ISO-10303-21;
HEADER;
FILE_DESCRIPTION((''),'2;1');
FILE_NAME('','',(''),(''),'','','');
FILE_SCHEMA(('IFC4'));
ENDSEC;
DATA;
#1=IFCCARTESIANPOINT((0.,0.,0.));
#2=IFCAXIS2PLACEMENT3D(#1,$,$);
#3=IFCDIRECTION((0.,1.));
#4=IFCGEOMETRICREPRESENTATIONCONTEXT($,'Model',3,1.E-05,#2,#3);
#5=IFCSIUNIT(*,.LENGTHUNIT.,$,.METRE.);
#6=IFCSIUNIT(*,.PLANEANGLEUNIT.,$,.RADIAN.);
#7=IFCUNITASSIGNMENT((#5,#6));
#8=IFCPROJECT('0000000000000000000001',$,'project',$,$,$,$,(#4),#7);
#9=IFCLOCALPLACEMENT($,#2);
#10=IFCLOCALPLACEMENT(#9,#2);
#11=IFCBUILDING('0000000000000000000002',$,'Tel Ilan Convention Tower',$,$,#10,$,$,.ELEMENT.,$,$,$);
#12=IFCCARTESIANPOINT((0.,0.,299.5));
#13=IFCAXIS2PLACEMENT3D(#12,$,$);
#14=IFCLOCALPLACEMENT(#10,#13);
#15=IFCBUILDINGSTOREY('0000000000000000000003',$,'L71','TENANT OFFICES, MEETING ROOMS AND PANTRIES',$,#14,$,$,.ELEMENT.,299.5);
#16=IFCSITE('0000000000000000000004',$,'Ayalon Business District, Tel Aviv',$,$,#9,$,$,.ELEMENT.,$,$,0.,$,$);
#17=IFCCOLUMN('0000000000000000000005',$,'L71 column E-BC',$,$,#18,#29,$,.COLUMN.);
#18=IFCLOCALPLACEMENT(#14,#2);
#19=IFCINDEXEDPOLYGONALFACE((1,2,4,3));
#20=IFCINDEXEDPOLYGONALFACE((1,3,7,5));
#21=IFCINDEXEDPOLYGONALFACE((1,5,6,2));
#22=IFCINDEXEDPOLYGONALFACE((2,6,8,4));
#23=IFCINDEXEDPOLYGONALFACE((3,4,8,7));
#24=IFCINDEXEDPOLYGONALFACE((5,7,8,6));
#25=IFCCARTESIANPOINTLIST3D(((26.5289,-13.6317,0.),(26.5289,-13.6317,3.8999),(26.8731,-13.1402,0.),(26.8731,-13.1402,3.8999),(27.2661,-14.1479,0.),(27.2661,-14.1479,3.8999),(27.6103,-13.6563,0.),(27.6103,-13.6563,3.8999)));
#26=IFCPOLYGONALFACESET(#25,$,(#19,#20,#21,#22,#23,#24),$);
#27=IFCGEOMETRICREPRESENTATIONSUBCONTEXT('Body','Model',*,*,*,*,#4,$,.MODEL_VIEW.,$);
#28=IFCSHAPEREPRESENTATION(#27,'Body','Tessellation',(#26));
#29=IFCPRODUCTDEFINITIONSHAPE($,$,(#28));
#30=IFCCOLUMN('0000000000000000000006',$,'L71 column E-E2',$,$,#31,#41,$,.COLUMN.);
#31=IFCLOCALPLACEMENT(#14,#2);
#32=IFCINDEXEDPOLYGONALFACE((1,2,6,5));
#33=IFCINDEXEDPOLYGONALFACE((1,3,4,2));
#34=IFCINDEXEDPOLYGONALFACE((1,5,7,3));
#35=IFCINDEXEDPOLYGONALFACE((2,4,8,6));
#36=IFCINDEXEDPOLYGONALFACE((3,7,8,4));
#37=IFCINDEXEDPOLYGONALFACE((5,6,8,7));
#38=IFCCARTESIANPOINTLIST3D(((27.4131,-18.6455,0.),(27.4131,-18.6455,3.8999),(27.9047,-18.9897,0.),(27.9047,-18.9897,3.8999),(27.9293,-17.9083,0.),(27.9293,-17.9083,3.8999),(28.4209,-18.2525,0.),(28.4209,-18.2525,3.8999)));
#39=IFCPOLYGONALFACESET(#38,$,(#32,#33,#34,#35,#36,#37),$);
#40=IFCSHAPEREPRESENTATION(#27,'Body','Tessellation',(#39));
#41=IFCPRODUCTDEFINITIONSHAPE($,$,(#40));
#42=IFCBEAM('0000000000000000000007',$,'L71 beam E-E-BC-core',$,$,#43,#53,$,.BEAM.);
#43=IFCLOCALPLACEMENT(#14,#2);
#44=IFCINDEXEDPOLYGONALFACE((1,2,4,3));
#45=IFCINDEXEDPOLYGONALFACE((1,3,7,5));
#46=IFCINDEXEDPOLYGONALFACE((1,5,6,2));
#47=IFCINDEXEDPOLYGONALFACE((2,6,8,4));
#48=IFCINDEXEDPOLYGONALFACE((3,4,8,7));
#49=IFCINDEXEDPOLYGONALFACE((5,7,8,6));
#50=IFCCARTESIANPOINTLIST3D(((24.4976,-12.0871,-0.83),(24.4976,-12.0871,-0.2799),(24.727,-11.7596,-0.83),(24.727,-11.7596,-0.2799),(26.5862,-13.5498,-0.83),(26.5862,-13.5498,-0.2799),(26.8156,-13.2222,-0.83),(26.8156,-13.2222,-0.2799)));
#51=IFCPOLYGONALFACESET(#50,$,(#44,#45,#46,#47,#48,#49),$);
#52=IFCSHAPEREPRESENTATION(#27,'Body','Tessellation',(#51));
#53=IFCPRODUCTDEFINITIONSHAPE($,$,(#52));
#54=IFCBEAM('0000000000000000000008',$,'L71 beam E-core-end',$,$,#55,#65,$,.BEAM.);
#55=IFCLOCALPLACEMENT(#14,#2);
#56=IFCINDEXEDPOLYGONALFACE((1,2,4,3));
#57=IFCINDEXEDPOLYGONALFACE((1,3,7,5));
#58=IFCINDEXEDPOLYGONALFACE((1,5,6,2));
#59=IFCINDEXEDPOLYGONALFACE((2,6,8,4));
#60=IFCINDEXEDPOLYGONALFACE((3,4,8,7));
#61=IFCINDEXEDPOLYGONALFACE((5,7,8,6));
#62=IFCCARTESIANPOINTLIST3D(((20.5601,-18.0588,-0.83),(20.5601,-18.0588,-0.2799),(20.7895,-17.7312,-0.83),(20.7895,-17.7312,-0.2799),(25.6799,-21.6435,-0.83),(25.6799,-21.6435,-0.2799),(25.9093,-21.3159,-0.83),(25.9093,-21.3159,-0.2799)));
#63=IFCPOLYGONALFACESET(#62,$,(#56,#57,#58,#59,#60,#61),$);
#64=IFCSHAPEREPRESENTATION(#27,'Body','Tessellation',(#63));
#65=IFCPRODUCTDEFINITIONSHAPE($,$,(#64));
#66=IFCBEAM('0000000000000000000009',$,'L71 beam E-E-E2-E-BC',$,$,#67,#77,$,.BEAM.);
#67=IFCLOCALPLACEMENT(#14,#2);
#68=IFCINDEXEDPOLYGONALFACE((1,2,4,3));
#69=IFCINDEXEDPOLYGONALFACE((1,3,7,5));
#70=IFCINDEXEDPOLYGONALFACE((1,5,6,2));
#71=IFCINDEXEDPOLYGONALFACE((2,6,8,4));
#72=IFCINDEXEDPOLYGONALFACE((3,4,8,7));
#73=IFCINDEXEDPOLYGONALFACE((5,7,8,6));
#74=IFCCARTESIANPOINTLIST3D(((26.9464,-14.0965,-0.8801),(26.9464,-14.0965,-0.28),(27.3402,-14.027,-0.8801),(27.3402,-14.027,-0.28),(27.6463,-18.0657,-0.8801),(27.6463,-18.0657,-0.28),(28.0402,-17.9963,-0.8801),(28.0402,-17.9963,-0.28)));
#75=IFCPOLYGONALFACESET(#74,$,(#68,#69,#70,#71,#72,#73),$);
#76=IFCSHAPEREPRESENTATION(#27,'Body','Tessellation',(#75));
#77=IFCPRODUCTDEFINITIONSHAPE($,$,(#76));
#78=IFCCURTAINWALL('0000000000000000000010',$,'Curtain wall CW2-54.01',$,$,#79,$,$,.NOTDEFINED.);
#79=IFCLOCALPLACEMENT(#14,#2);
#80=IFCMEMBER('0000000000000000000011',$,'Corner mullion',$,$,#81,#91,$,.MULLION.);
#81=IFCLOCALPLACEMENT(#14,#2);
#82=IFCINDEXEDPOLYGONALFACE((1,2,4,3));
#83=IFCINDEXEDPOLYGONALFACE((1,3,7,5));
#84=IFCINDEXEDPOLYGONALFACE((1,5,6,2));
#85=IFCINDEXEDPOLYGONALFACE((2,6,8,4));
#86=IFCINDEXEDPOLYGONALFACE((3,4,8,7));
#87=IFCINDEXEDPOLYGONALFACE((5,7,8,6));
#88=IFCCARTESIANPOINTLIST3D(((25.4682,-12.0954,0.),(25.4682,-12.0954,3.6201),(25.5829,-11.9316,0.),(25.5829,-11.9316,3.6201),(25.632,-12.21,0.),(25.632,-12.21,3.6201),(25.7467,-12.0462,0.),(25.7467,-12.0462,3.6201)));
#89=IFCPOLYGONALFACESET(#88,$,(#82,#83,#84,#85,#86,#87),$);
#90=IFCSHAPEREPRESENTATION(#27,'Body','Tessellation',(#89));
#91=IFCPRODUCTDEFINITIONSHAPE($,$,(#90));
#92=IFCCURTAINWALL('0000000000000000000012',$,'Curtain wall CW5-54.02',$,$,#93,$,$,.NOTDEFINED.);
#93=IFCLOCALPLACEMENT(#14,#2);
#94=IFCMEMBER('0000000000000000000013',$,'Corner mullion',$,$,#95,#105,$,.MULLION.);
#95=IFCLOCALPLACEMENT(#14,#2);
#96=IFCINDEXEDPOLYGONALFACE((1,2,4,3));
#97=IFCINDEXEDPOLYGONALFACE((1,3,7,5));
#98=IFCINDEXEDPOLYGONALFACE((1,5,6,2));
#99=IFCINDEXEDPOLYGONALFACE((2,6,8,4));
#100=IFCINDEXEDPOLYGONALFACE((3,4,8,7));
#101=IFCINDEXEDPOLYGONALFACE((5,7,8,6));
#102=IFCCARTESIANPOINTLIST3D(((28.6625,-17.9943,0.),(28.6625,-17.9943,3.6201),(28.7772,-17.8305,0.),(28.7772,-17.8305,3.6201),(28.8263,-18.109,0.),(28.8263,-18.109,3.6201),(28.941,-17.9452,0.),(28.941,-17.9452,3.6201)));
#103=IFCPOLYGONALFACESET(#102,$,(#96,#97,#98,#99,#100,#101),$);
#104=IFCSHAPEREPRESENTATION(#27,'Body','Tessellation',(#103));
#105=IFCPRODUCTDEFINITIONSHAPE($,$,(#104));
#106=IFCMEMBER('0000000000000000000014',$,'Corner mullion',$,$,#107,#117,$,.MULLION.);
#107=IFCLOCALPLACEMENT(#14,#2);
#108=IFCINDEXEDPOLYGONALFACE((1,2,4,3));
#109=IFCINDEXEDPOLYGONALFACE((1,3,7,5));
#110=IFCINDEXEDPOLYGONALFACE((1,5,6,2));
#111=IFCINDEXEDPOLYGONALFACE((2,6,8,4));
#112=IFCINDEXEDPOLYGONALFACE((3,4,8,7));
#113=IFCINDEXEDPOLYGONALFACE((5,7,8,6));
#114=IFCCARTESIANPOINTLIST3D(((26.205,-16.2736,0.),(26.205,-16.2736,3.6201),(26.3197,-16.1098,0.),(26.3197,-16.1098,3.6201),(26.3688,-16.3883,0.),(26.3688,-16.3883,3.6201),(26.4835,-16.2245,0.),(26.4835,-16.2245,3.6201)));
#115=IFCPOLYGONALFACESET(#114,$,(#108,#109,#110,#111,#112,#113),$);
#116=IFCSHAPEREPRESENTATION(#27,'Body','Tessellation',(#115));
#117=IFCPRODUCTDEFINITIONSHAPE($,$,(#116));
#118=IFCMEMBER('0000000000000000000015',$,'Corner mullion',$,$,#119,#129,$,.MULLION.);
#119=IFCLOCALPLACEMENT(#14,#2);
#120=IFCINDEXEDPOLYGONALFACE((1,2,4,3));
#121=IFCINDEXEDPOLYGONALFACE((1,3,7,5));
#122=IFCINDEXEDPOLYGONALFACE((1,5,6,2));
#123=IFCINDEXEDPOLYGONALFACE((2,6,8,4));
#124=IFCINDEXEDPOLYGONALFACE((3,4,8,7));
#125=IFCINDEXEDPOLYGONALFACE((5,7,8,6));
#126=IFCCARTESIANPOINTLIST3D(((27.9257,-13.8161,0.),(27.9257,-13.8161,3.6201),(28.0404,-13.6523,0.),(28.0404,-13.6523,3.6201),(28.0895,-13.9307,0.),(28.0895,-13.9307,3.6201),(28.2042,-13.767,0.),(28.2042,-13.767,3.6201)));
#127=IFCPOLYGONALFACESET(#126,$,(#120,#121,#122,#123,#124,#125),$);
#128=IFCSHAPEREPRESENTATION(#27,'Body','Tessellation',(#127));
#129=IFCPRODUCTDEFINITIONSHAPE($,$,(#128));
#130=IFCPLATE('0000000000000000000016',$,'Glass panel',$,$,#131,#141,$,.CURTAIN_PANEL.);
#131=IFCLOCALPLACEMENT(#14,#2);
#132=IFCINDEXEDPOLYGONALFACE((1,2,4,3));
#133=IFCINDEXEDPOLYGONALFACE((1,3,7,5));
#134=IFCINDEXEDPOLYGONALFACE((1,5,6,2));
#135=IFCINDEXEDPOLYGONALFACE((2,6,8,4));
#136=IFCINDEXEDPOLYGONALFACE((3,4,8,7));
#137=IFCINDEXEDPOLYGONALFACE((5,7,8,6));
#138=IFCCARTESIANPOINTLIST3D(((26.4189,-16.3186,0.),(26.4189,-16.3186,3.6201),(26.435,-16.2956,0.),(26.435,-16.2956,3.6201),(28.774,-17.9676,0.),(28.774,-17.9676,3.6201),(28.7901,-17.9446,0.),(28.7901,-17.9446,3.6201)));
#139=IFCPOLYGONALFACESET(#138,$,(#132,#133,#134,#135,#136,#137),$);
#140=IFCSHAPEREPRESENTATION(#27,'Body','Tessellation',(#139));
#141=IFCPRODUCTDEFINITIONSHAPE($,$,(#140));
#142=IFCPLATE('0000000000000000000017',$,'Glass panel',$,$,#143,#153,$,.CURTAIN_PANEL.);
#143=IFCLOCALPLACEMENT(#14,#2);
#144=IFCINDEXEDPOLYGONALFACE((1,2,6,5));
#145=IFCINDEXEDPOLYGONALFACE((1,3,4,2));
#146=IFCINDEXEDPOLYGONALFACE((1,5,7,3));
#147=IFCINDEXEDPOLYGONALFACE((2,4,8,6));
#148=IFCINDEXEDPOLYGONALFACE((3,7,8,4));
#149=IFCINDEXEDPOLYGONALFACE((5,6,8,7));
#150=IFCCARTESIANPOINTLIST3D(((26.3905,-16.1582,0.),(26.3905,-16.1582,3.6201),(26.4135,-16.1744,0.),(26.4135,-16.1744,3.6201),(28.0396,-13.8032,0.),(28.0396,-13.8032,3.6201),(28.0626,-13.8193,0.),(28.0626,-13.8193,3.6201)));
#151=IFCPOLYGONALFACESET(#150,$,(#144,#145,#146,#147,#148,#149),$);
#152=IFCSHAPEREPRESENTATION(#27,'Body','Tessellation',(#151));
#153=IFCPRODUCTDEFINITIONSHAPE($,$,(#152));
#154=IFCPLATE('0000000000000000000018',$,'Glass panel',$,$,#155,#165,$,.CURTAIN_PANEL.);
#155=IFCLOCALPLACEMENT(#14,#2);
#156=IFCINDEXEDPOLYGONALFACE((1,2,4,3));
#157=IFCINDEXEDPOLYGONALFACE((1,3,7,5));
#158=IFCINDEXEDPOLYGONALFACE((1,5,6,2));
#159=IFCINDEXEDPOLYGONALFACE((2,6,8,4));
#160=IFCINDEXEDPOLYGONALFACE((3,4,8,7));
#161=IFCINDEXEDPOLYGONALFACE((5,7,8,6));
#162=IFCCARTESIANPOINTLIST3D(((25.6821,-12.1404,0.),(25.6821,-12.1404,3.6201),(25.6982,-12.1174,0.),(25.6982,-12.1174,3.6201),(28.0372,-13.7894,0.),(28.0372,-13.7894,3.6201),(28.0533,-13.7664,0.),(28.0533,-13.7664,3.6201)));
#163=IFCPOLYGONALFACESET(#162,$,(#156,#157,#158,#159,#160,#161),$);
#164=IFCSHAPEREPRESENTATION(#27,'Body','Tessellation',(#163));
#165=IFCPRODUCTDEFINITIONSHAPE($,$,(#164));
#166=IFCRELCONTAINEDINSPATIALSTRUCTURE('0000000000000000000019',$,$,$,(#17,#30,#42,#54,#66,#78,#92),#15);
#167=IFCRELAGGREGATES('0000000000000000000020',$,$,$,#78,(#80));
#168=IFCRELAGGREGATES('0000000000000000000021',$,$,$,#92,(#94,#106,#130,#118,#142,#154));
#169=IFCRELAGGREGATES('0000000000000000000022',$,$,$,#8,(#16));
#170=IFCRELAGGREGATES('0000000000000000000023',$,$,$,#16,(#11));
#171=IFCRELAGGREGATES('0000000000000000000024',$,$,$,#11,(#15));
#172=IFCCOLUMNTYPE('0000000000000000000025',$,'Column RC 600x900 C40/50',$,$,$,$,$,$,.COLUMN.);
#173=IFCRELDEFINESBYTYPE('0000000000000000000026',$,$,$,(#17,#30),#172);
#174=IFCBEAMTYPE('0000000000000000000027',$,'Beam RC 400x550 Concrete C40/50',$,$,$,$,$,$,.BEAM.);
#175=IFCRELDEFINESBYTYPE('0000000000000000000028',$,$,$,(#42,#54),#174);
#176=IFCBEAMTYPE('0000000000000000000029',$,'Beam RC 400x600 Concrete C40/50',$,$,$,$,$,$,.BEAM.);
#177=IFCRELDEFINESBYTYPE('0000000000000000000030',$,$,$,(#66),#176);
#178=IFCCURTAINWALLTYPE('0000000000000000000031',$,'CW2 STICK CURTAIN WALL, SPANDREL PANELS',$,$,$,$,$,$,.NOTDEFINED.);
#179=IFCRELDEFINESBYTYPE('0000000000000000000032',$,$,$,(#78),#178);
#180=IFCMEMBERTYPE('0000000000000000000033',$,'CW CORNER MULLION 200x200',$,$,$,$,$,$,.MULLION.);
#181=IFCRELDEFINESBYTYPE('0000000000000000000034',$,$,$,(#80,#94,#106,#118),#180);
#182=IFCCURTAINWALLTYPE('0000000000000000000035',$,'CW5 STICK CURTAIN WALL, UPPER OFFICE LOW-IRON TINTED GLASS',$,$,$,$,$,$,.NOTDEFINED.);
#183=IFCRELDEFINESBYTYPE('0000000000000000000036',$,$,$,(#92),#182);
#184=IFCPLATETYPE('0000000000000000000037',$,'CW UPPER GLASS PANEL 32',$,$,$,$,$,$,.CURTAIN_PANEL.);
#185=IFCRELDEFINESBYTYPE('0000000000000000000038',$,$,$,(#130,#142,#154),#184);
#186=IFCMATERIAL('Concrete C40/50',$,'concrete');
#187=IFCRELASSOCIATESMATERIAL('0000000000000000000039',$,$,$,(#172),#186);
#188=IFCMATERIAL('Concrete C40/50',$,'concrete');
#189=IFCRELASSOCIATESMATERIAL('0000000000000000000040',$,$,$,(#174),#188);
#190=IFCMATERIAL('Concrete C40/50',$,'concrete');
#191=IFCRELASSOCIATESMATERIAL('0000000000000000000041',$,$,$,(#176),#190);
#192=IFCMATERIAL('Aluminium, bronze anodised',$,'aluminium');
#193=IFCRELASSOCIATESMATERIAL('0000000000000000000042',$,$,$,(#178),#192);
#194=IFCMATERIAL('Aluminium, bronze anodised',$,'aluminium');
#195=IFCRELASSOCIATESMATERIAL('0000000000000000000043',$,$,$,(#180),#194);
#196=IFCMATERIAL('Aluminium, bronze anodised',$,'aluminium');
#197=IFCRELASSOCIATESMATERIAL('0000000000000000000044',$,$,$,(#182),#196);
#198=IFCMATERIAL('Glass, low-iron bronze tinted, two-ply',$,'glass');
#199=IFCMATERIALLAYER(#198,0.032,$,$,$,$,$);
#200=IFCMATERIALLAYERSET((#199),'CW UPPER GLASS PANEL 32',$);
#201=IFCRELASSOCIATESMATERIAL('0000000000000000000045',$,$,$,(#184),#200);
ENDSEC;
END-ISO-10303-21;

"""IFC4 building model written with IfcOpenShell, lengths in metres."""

from ifc_helpers import new_model, si_unit, direction, frame, origin, origin_2d, place, context, subcontext, project, spatial, rectangle, extrude, material, layer, layer_set, material_profile, profile_set, type_object, element, aggregate, save


model = new_model("IFC4")

# Units and contexts
model_context = context("Model", 3, precision=1e-05, world=origin(), true_north=direction((0.0, 1.0)))
body_context = subcontext(model_context, "Body", "Model", "MODEL_VIEW")
ifc_project = project(units=[si_unit("LENGTHUNIT", "METRE"), si_unit("PLANEANGLEUNIT", "RADIAN")], contexts=[model_context])

# Site, building, storey
site_placement = place(None, origin())
site = spatial("IfcSite", under=ifc_project, at=site_placement, Name="Ayalon Business District, Tel Aviv", CompositionType="ELEMENT", RefElevation=0.0)
building_placement = place(site_placement, origin())
building = spatial("IfcBuilding", under=site, at=building_placement, Name="Tel Ilan Convention Tower", CompositionType="ELEMENT")
storey_placement = place(building_placement, frame((0.0, 0.0, 299.5)))
storey = spatial("IfcBuildingStorey", under=building, at=storey_placement, Name="L71", Description="TENANT OFFICES, MEETING ROOMS AND PANTRIES", CompositionType="ELEMENT", Elevation=299.5)

# Columns
ifc_material_1 = material(Name="Concrete C40/50", Category="concrete")
ifc_material_profile_1 = material_profile(ifc_material_1, rectangle(XDim=0.8999, YDim=0.6001, at=origin_2d()), Name="RC 600x900")
ifc_profile_set_1 = profile_set([ifc_material_profile_1], Name="Concrete C40/50")
column_type = type_object("IfcColumnType", Name="Column RC 600x900 C40/50", PredefinedType="COLUMN", material=ifc_profile_set_1)
for number, where, z_axis, x_axis, name in (
    (1, (27.0696, -13.644, 0.0), (0.0, 0.0, 1.0), (0.819152, -0.573576, 0.0), "L71 column E-BC"),
    (2, (27.917, -18.449, 0.0), (0.0, 0.0, 1.0), (0.573576, 0.819152, 0.0), "L71 column E-E2"),
):
    element("IfcColumn", number, at=place(storey_placement, frame(where, z_axis=z_axis, x_axis=x_axis)), inside=storey, type_object=column_type, Name=name, PredefinedType="COLUMN", context=body_context, shape_type="SweptSolid", body=[
        extrude(rectangle(XDim=0.8999, YDim=0.6001, at=origin_2d()), origin(), (0.0, 0.0, 1.0), 3.8999),
    ])

# Beams
ifc_material_2 = material(Name="Concrete C40/50", Category="concrete")
ifc_material_profile_2 = material_profile(ifc_material_2, rectangle(XDim=0.3999, YDim=0.55, at=origin_2d()), Name="RC 400x550")
ifc_profile_set_2 = profile_set([ifc_material_profile_2], Name="Concrete C40/50")
beam_type_1 = type_object("IfcBeamType", Name="Beam RC 400x550 Concrete C40/50", PredefinedType="BEAM", material=ifc_profile_set_2)
beam_1_placement = place(storey_placement, frame((26.7009, -13.386, -0.5549), z_axis=(-0.819119, 0.573623, 0.0), x_axis=(-0.573623, -0.819119, 0.0)))
element("IfcBeam", 3, at=beam_1_placement, inside=storey, type_object=beam_type_1, Name="L71 beam E-E-BC-core", PredefinedType="BEAM", context=body_context, shape_type="SweptSolid", body=[
    extrude(rectangle(XDim=0.3999, YDim=0.55, at=origin_2d()), origin(), (0.0, 0.0, 1.0), 2.5498),
])
beam_2_placement = place(storey_placement, frame((20.6748, -17.895, -0.5549), z_axis=(0.819171, -0.573549, 0.0), x_axis=(0.573549, 0.819171, 0.0)))
element("IfcBeam", 4, at=beam_2_placement, inside=storey, type_object=beam_type_1, Name="L71 beam E-core-end", PredefinedType="BEAM", context=body_context, shape_type="SweptSolid", body=[
    extrude(rectangle(XDim=0.3999, YDim=0.55, at=origin_2d()), origin(), (0.0, 0.0, 1.0), 6.25),
])
ifc_material_3 = material(Name="Concrete C40/50", Category="concrete")
ifc_material_profile_3 = material_profile(ifc_material_3, rectangle(XDim=0.3999, YDim=0.6001, at=origin_2d()), Name="RC 400x600")
ifc_profile_set_3 = profile_set([ifc_material_profile_3], Name="Concrete C40/50")
beam_type_2 = type_object("IfcBeamType", Name="Beam RC 400x600 Concrete C40/50", PredefinedType="BEAM", material=ifc_profile_set_3)
beam_3_placement = place(storey_placement, frame((27.8433, -18.031, -0.5801), z_axis=(-0.173664, 0.984805, 0.0), x_axis=(-0.984805, -0.173664, 0.0)))
element("IfcBeam", 5, at=beam_3_placement, inside=storey, type_object=beam_type_2, Name="L71 beam E-E-E2-E-BC", PredefinedType="BEAM", context=body_context, shape_type="SweptSolid", body=[
    extrude(rectangle(XDim=0.3999, YDim=0.6001, at=origin_2d()), origin(), (0.0, 0.0, 1.0), 4.0305),
])

# Curtain wall, member
ifc_material_4 = material(Name="Aluminium, bronze anodised", Category="aluminium")
curtain_wall_type_1 = type_object("IfcCurtainWallType", Name="CW2 STICK CURTAIN WALL, SPANDREL PANELS", PredefinedType="NOTDEFINED", material=ifc_material_4)
curtain_wall_1_placement = place(storey_placement, origin())
curtain_wall_1 = element("IfcCurtainWall", 6, at=curtain_wall_1_placement, inside=storey, type_object=curtain_wall_type_1, Name="Curtain wall CW2-54.01", PredefinedType="NOTDEFINED")
ifc_material_5 = material(Name="Aluminium, bronze anodised", Category="aluminium")
ifc_material_profile_4 = material_profile(ifc_material_5, rectangle(XDim=0.2, YDim=0.2, at=origin_2d()), Name="CW CORNER MULLION 200x200")
ifc_profile_set_4 = profile_set([ifc_material_profile_4], Name="Aluminium, bronze anodised")
member_type = type_object("IfcMemberType", Name="CW CORNER MULLION 200x200", PredefinedType="MULLION", material=ifc_profile_set_4)
member_1_placement = place(storey_placement, frame((25.6074, -12.0708, 0.0), z_axis=(0.0, 0.0, 1.0), x_axis=(-0.819152, 0.573576, 0.0)))
member_1 = element("IfcMember", 7, at=member_1_placement, type_object=member_type, Name="Corner mullion", PredefinedType="MULLION", context=body_context, shape_type="SweptSolid", body=[
    extrude(rectangle(XDim=0.2, YDim=0.2, at=origin_2d()), origin(), (0.0, 0.0, 1.0), 3.6201),
])
aggregate(curtain_wall_1, [member_1])

# Curtain wall, members, plates
ifc_material_6 = material(Name="Aluminium, bronze anodised", Category="aluminium")
curtain_wall_type_2 = type_object("IfcCurtainWallType", Name="CW5 STICK CURTAIN WALL, UPPER OFFICE LOW-IRON TINTED GLASS", PredefinedType="NOTDEFINED", material=ifc_material_6)
curtain_wall_2_placement = place(storey_placement, origin())
curtain_wall_2 = element("IfcCurtainWall", 8, at=curtain_wall_2_placement, inside=storey, type_object=curtain_wall_type_2, Name="Curtain wall CW5-54.02", PredefinedType="NOTDEFINED")
member_2_placement = place(storey_placement, frame((28.8018, -17.9697, 0.0), z_axis=(0.0, 0.0, 1.0), x_axis=(0.573576, 0.819152, 0.0)))
member_2 = element("IfcMember", 9, at=member_2_placement, type_object=member_type, Name="Corner mullion", PredefinedType="MULLION", context=body_context, shape_type="SweptSolid", body=[
    extrude(rectangle(XDim=0.2, YDim=0.2, at=origin_2d()), origin(), (0.0, 0.0, 1.0), 3.6201),
])
member_3_placement = place(storey_placement, frame((26.3442, -16.249, 0.0), z_axis=(0.0, 0.0, 1.0), x_axis=(-0.819152, 0.573576, 0.0)))
member_3 = element("IfcMember", 10, at=member_3_placement, type_object=member_type, Name="Corner mullion", PredefinedType="MULLION", context=body_context, shape_type="SweptSolid", body=[
    extrude(rectangle(XDim=0.2, YDim=0.2, at=origin_2d()), origin(), (0.0, 0.0, 1.0), 3.6201),
])
member_4_placement = place(storey_placement, frame((28.0649, -13.7915, 0.0), z_axis=(0.0, 0.0, 1.0), x_axis=(0.573576, 0.819152, 0.0)))
member_4 = element("IfcMember", 11, at=member_4_placement, type_object=member_type, Name="Corner mullion", PredefinedType="MULLION", context=body_context, shape_type="SweptSolid", body=[
    extrude(rectangle(XDim=0.2, YDim=0.2, at=origin_2d()), origin(), (0.0, 0.0, 1.0), 3.6201),
])
ifc_material_7 = material(Name="Glass, low-iron bronze tinted, two-ply", Category="glass")
ifc_layer_1 = layer(ifc_material_7, 0.032)
ifc_layer_set_1 = layer_set([ifc_layer_1], Name="CW UPPER GLASS PANEL 32")
plate_type = type_object("IfcPlateType", Name="CW UPPER GLASS PANEL 32", PredefinedType="CURTAIN_PANEL", material=ifc_layer_set_1)
plate_1_placement = place(storey_placement, frame((27.6045, -17.1316, 0.0), z_axis=(0.0, 0.0, 1.0), x_axis=(-0.819152, 0.573576, 0.0)))
plate_1 = element("IfcPlate", 12, at=plate_1_placement, type_object=plate_type, Name="Glass panel", PredefinedType="CURTAIN_PANEL", context=body_context, shape_type="SweptSolid", body=[
    extrude(rectangle(XDim=2.875, YDim=0.0281, at=origin_2d()), origin(), (0.0, 0.0, 1.0), 3.6201),
])
plate_2_placement = place(storey_placement, frame((27.2266, -14.9888, 0.0), z_axis=(0.0, 0.0, 1.0), x_axis=(0.573576, 0.819152, 0.0)))
plate_2 = element("IfcPlate", 13, at=plate_2_placement, type_object=plate_type, Name="Glass panel", PredefinedType="CURTAIN_PANEL", context=body_context, shape_type="SweptSolid", body=[
    extrude(rectangle(XDim=2.875, YDim=0.0281, at=origin_2d()), origin(), (0.0, 0.0, 1.0), 3.6201),
])
plate_3_placement = place(storey_placement, frame((26.8677, -12.9534, 0.0), z_axis=(0.0, 0.0, 1.0), x_axis=(-0.819152, 0.573576, 0.0)))
plate_3 = element("IfcPlate", 14, at=plate_3_placement, type_object=plate_type, Name="Glass panel", PredefinedType="CURTAIN_PANEL", context=body_context, shape_type="SweptSolid", body=[
    extrude(rectangle(XDim=2.875, YDim=0.0281, at=origin_2d()), origin(), (0.0, 0.0, 1.0), 3.6201),
])
aggregate(curtain_wall_2, [member_2, member_3, plate_1, member_4, plate_2, plate_3])

save(model, "model.ifc")
